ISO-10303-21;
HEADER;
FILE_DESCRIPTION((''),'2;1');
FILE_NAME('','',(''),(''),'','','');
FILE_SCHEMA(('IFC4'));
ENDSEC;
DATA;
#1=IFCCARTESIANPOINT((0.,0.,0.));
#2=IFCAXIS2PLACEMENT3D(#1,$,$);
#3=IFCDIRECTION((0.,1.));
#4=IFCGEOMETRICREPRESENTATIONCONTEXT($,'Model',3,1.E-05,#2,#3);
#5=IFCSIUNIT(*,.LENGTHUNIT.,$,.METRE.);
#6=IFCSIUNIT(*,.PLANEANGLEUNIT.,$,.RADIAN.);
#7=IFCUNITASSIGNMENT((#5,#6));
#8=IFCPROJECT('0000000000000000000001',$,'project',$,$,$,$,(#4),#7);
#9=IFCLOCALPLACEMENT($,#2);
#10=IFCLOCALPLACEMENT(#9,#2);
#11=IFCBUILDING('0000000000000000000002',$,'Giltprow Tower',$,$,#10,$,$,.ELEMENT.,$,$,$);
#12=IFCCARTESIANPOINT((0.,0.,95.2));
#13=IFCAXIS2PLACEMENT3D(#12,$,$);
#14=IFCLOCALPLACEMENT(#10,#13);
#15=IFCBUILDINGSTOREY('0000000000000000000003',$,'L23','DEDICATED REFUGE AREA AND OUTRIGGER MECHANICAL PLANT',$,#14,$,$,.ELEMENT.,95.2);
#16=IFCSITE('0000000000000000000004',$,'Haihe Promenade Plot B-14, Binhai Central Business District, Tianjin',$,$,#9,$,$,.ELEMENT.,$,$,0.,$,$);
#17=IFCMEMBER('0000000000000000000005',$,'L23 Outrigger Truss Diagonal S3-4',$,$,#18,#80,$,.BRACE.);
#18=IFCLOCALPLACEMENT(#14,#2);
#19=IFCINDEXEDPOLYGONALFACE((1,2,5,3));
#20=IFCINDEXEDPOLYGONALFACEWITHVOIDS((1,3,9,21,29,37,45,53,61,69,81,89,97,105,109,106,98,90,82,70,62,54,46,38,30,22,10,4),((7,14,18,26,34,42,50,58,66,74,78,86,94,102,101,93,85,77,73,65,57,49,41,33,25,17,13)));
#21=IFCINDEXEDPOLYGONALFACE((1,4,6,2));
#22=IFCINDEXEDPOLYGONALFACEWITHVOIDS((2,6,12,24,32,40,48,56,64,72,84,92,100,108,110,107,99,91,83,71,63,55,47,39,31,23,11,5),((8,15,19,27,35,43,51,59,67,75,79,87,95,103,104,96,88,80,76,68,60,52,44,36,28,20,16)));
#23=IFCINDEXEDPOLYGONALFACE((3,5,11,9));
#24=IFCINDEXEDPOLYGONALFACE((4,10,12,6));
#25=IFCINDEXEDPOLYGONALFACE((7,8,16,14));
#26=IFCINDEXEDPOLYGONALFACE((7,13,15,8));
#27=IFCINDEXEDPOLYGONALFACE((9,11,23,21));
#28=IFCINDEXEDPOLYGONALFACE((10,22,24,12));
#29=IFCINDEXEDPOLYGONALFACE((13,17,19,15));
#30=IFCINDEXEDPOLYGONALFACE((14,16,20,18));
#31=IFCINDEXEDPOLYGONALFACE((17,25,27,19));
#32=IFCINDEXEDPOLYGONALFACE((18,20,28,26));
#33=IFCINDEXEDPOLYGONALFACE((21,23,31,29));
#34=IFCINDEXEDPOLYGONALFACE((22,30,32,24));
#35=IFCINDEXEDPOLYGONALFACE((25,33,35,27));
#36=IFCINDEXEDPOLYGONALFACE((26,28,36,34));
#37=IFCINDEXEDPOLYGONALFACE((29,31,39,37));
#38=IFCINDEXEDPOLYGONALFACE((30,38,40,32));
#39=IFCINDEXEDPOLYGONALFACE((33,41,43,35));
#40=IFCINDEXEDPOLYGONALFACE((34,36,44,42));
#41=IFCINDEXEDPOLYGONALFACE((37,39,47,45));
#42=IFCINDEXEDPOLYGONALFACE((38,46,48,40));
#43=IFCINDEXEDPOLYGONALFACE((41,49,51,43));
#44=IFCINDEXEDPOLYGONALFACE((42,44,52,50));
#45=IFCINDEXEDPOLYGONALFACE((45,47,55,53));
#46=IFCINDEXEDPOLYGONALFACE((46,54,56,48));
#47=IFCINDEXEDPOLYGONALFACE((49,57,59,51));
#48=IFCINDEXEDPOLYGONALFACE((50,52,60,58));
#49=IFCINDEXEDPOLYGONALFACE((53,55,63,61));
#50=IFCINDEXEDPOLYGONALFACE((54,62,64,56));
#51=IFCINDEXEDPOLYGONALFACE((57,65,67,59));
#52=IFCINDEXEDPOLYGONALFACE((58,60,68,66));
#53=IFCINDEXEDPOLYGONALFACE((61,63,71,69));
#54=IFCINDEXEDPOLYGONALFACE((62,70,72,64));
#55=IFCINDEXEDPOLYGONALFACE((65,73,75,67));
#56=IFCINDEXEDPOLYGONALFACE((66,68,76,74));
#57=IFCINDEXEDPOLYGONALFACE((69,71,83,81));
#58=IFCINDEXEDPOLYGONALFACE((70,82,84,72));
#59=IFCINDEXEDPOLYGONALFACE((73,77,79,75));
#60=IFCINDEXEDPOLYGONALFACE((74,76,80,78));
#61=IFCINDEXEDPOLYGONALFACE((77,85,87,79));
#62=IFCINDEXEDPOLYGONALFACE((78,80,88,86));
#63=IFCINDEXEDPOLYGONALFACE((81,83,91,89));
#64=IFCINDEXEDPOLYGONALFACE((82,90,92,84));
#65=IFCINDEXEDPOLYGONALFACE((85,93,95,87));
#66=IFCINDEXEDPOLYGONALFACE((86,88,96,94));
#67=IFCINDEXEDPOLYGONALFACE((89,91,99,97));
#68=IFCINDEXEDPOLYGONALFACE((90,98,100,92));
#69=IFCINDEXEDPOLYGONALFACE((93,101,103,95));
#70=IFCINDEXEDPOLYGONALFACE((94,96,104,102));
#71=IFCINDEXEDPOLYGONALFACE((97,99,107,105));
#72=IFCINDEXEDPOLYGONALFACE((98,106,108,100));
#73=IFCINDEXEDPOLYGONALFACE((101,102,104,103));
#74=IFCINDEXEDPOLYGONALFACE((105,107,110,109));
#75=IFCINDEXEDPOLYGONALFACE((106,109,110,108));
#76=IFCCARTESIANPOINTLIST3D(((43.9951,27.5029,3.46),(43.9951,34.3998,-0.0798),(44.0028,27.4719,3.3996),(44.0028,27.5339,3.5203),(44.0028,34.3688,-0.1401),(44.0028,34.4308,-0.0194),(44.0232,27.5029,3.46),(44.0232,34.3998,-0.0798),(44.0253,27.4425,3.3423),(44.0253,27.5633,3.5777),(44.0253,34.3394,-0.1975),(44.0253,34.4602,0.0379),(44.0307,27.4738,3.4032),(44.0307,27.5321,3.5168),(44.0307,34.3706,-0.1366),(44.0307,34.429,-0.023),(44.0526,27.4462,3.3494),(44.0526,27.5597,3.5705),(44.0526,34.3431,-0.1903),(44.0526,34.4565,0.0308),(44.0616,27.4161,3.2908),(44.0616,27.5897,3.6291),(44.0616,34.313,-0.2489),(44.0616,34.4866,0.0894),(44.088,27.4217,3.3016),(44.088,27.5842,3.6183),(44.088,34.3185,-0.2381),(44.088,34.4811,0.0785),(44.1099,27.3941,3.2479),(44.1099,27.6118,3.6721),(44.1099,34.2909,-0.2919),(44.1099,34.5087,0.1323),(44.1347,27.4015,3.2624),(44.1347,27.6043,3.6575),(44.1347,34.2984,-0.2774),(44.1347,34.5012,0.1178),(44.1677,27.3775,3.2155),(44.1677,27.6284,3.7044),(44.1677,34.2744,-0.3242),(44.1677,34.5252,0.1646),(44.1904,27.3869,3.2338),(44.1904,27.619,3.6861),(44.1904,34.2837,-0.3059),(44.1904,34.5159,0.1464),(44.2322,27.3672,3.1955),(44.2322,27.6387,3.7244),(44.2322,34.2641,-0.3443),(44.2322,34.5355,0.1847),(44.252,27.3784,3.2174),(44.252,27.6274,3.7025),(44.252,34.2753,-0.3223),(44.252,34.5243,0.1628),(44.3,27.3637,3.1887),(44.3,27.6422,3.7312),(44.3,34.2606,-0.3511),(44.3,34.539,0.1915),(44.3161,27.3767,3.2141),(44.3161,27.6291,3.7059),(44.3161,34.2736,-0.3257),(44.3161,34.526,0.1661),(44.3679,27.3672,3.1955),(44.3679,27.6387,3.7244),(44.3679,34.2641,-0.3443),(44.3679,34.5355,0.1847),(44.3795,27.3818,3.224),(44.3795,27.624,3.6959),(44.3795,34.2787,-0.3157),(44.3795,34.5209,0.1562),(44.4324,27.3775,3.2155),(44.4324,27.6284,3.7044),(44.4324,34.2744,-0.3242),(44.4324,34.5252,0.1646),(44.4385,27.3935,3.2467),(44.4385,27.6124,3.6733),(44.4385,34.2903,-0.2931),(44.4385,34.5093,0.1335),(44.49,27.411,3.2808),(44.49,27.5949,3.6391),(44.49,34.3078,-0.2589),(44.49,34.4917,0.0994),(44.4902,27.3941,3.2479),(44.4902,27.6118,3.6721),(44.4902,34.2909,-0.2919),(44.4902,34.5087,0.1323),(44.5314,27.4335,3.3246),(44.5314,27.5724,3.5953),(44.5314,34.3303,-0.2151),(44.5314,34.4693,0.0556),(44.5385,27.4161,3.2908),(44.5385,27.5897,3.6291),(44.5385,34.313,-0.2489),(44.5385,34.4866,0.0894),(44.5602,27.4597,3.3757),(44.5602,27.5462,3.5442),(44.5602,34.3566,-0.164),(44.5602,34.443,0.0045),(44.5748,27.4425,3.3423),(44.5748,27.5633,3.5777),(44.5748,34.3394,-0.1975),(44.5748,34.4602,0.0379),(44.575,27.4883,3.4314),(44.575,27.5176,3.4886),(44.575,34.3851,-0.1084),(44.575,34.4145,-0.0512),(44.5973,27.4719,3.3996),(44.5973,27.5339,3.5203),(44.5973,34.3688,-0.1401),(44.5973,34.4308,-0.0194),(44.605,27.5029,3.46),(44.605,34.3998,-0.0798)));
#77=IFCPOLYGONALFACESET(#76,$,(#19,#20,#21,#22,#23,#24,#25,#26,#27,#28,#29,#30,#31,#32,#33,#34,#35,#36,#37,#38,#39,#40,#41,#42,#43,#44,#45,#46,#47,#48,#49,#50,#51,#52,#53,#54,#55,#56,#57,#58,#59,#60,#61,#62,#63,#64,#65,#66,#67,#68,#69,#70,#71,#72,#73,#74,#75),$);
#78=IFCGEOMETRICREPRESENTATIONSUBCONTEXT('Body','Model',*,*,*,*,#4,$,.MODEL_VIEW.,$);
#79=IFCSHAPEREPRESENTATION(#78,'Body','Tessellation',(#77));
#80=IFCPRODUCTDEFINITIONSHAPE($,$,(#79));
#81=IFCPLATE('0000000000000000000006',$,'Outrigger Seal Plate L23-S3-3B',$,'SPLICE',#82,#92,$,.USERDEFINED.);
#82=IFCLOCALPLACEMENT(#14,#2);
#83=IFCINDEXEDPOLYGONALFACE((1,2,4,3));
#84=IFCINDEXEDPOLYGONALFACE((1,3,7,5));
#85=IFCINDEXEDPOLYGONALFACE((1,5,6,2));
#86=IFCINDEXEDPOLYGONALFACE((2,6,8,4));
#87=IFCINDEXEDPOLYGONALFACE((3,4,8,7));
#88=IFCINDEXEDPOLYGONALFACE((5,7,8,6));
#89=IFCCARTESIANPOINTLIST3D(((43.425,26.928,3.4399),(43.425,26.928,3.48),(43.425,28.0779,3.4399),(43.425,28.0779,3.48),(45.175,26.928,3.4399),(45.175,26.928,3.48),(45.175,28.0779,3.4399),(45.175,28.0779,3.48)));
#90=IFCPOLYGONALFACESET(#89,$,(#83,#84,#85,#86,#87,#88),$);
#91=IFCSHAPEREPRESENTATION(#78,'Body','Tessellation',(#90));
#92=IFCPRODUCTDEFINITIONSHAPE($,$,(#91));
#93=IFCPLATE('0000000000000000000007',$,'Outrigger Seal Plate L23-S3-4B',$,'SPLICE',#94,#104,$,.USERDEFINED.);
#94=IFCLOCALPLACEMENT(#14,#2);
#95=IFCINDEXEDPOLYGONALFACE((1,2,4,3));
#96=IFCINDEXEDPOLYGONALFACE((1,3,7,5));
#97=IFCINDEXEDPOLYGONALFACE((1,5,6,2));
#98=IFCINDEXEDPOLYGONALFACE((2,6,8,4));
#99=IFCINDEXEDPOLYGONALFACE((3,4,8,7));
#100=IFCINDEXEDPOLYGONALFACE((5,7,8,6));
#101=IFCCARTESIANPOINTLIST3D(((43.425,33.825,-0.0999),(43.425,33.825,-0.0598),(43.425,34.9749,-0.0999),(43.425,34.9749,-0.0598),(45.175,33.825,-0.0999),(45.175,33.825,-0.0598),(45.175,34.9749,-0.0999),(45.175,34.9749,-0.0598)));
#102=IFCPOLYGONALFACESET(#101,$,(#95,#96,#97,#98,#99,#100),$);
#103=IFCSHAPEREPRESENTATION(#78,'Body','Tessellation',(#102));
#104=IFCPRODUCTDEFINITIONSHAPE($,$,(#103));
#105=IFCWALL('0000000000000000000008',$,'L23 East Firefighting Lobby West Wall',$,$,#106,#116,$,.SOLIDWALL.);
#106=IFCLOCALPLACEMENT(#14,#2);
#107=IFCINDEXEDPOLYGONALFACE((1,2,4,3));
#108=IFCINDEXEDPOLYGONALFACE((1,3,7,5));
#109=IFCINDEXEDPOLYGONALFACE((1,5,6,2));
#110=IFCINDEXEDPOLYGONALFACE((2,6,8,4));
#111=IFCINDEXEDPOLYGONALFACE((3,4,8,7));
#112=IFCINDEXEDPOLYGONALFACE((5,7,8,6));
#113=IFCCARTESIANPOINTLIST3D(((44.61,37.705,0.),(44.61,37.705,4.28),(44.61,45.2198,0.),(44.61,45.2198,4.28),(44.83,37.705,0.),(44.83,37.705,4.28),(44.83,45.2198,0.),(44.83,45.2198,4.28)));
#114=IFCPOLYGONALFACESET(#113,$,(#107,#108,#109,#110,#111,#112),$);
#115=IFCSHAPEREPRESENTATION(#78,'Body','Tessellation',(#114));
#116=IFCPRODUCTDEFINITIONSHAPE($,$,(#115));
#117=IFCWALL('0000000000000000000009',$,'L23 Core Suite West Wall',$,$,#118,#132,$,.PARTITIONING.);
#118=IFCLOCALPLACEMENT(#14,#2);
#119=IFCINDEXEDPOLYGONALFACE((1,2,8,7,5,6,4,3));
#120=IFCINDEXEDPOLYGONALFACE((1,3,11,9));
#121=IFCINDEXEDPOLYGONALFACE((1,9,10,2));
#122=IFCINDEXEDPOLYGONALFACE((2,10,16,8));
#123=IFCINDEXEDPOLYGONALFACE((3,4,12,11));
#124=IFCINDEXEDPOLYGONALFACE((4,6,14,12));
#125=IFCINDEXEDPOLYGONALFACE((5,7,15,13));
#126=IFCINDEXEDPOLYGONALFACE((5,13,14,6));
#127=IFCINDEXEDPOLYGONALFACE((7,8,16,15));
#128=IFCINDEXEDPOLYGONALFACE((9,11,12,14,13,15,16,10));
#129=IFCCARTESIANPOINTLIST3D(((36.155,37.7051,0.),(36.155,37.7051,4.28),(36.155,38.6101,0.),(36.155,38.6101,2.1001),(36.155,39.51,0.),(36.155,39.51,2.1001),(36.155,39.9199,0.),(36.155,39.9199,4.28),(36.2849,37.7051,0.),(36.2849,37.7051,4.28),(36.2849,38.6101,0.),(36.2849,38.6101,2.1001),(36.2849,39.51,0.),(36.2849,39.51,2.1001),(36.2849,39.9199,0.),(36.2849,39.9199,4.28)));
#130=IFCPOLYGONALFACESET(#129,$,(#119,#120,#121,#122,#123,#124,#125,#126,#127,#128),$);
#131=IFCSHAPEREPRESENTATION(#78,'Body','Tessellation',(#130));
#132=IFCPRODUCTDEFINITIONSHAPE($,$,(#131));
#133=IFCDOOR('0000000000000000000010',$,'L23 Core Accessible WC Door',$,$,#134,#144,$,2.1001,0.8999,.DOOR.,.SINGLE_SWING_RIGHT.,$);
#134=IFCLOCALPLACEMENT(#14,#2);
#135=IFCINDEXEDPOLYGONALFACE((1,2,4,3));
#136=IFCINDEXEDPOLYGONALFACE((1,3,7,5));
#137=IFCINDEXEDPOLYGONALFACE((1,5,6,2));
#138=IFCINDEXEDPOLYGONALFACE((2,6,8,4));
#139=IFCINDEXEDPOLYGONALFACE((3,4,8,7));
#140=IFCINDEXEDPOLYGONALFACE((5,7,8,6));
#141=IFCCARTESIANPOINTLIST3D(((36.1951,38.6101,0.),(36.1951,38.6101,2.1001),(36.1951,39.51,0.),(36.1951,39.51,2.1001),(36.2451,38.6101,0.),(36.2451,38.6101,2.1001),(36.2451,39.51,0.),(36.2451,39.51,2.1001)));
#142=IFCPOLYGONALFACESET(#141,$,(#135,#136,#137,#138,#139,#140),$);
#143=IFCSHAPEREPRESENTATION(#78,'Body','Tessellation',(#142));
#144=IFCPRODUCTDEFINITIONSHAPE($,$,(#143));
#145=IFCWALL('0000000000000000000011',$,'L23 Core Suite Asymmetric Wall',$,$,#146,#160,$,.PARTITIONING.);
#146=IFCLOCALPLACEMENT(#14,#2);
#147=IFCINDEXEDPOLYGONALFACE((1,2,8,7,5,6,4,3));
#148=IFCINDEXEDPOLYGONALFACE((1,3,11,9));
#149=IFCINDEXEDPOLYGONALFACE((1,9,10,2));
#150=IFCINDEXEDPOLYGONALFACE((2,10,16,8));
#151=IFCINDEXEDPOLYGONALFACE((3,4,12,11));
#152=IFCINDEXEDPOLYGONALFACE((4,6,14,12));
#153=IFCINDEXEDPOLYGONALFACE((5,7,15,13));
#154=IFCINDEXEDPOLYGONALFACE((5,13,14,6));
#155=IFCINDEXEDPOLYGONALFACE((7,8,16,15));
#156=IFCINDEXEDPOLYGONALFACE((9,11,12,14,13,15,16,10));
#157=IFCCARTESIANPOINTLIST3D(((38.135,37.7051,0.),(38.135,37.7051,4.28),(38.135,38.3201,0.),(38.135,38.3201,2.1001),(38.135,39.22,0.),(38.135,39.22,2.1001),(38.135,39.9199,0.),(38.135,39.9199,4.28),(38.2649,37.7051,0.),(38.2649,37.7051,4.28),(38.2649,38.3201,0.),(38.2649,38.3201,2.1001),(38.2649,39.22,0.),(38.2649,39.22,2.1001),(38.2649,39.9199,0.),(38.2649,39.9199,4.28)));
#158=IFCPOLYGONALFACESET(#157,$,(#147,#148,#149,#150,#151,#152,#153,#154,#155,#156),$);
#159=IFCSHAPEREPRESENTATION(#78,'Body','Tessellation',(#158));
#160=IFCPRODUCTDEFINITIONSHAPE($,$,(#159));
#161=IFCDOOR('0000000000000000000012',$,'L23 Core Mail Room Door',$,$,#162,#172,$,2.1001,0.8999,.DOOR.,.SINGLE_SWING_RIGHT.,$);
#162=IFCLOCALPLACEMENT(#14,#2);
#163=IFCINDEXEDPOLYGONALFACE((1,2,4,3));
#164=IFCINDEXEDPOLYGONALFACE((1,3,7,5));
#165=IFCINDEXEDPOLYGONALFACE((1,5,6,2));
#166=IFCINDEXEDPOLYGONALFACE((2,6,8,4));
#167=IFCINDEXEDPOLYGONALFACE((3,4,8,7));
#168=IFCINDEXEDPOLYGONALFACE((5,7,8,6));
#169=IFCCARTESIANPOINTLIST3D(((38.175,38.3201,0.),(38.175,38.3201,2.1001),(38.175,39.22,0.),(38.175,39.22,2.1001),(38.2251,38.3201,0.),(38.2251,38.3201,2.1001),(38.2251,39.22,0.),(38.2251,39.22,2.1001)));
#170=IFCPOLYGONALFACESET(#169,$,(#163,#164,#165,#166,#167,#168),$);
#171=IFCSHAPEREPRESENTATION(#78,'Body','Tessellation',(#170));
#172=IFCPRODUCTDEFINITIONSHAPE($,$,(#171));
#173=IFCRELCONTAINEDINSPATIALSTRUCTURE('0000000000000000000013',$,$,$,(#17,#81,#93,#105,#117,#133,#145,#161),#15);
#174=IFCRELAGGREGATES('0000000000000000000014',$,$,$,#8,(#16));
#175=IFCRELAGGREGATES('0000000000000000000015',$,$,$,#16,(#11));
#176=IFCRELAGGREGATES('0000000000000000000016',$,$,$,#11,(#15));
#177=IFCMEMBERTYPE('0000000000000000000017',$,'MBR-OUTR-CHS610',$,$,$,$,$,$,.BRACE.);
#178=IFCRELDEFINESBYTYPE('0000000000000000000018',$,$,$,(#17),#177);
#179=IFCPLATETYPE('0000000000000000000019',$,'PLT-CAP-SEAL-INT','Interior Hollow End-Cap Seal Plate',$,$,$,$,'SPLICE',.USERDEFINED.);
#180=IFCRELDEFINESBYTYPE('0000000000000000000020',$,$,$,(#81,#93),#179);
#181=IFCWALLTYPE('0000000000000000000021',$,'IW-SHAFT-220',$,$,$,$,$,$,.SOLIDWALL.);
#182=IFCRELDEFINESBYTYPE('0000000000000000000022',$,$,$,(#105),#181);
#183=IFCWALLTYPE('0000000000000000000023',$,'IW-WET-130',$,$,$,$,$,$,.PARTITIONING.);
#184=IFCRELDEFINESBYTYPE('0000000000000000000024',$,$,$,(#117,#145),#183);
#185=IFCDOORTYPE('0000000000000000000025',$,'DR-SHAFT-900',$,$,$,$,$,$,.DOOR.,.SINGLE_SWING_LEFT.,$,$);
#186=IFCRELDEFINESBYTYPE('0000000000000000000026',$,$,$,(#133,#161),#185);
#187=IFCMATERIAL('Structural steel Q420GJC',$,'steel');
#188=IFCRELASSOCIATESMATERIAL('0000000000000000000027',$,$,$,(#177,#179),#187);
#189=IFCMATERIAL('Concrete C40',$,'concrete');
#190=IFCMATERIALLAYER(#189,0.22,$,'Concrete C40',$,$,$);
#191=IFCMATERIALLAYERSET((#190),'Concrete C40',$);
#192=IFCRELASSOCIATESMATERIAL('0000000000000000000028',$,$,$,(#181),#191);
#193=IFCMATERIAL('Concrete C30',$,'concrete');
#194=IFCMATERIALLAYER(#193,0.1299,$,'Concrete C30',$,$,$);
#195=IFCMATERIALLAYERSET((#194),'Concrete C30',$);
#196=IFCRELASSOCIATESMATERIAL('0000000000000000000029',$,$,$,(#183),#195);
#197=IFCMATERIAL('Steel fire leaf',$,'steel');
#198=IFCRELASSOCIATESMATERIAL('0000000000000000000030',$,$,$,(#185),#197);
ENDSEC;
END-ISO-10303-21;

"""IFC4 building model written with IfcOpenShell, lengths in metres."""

from ifc_helpers import new_model, si_unit, direction, frame, frame_2d, origin, origin_2d, place, context, subcontext, project, spatial, rectangle, hollow_circle, extrude, source, transform, mapped, material, layer, layer_set, material_profile, profile_set, type_object, element, fill, save


model = new_model("IFC4")

# Units and contexts
model_context = context("Model", 3, precision=1e-05, world=origin(), true_north=direction((0.0, 1.0)))
body_context = subcontext(model_context, "Body", "Model", "MODEL_VIEW")
ifc_project = project(units=[si_unit("LENGTHUNIT", "METRE"), si_unit("PLANEANGLEUNIT", "RADIAN")], contexts=[model_context])

# Site, building, storey
site_placement = place(None, origin())
site = spatial("IfcSite", under=ifc_project, at=site_placement, Name="Haihe Promenade Plot B-14, Binhai Central Business District, Tianjin", CompositionType="ELEMENT", RefElevation=0.0)
building_placement = place(site_placement, origin())
building = spatial("IfcBuilding", under=site, at=building_placement, Name="Giltprow Tower", CompositionType="ELEMENT")
storey_placement = place(building_placement, frame((0.0, 0.0, 95.2)))
storey = spatial("IfcBuildingStorey", under=building, at=storey_placement, Name="L23", Description="DEDICATED REFUGE AREA AND OUTRIGGER MECHANICAL PLANT", CompositionType="ELEMENT", Elevation=95.2)

# Member
ifc_material_1 = material(Name="Structural steel Q420GJC", Category="steel")
ifc_material_profile_1 = material_profile(ifc_material_1, hollow_circle(Radius=0.3049, WallThickness=0.0281, at=origin_2d()), Name="CHS 610x28")
ifc_profile_set_1 = profile_set([ifc_material_profile_1], Name="Structural steel Q420GJC")
member_type = type_object("IfcMemberType", Name="MBR-OUTR-CHS610", PredefinedType="BRACE", material=ifc_profile_set_1)
shared_shape_1 = source(origin(), body_context, "Body", "SweptSolid", [
    extrude(hollow_circle(Radius=0.3049, WallThickness=0.0281, at=origin_2d()), origin(), (0.0, 0.0, 1.0), 7.7522),
])
member_placement = place(storey_placement, frame((44.3, 27.5029, 3.46), z_axis=(0.0, 0.889666, -0.456611), x_axis=(-1.0, 0.0, 0.0)))
element("IfcMember", 1, at=member_placement, inside=storey, type_object=member_type, Name="L23 Outrigger Truss Diagonal S3-4", PredefinedType="BRACE", context=body_context, shape_type="MappedRepresentation", body=[
    mapped(shared_shape_1, transform((0.0, 0.0, 0.0), x_axis=(1.0, 0.0, 0.0), y_axis=(0.0, 1.0, 0.0), z_axis=(0.0, 0.0, 1.0), scale=1.0)),
])

# Plates
plate_type = type_object("IfcPlateType", Name="PLT-CAP-SEAL-INT", Description="Interior Hollow End-Cap Seal Plate", ElementType="SPLICE", PredefinedType="USERDEFINED", material=ifc_material_1)
shared_shape_2 = source(origin(), body_context, "Body", "SweptSolid", [
    extrude(rectangle(XDim=1.75, YDim=1.1499, at=origin_2d()), origin(), (0.0, 0.0, 1.0), 0.04),
])
for number, where, z_axis, x_axis, name in (
    (2, (44.3, 27.5029, 3.4399), (0.0, 0.0, 1.0), (1.0, 0.0, 0.0), "Outrigger Seal Plate L23-S3-3B"),
    (3, (44.3, 34.3999, -0.0999), (0.0, 0.0, 1.0), (1.0, 0.0, 0.0), "Outrigger Seal Plate L23-S3-4B"),
):
    element("IfcPlate", number, at=place(storey_placement, frame(where, z_axis=z_axis, x_axis=x_axis)), inside=storey, type_object=plate_type, Name=name, ObjectType="SPLICE", PredefinedType="USERDEFINED", context=body_context, shape_type="MappedRepresentation", body=[
        mapped(shared_shape_2, transform((0.0, 0.0, 0.0), x_axis=(1.0, 0.0, 0.0), y_axis=(0.0, 1.0, 0.0), z_axis=(0.0, 0.0, 1.0), scale=1.0)),
    ])

# Wall
ifc_material_2 = material(Name="Concrete C40", Category="concrete")
ifc_layer_1 = layer(ifc_material_2, 0.22, Name="Concrete C40")
ifc_layer_set_1 = layer_set([ifc_layer_1], Name="Concrete C40")
wall_type_1 = type_object("IfcWallType", Name="IW-SHAFT-220", PredefinedType="SOLIDWALL", material=ifc_layer_set_1)
wall_1_placement = place(storey_placement, frame((44.72, 37.7051, 0.0), z_axis=(0.0, 0.0, 1.0), x_axis=(0.0, 1.0, 0.0)))
element("IfcWall", 4, at=wall_1_placement, inside=storey, type_object=wall_type_1, Name="L23 East Firefighting Lobby West Wall", PredefinedType="SOLIDWALL", context=body_context, shape_type="SweptSolid", body=[
    extrude(rectangle(XDim=7.5149, YDim=0.22, at=frame_2d((3.7573, 0.0))), origin(), (0.0, 0.0, 1.0), 4.28),
])

# Walls, openings, doors
ifc_material_3 = material(Name="Concrete C30", Category="concrete")
ifc_layer_2 = layer(ifc_material_3, 0.1299, Name="Concrete C30")
ifc_layer_set_2 = layer_set([ifc_layer_2], Name="Concrete C30")
wall_type_2 = type_object("IfcWallType", Name="IW-WET-130", PredefinedType="PARTITIONING", material=ifc_layer_set_2)
wall_2_placement = place(storey_placement, frame((36.22, 37.7051, 0.0), z_axis=(0.0, 0.0, 1.0), x_axis=(0.0, 1.0, 0.0)))
wall_2 = element("IfcWall", 5, at=wall_2_placement, inside=storey, type_object=wall_type_2, Name="L23 Core Suite West Wall", PredefinedType="PARTITIONING", context=body_context, shape_type="SweptSolid", body=[
    extrude(rectangle(XDim=2.2148, YDim=0.1299, at=frame_2d((1.1074, 0.0))), origin(), (0.0, 0.0, 1.0), 4.28),
])
opening_1_placement = place(wall_2_placement, frame((0.905, 0.0, 0.0)))
opening_1 = element("IfcOpeningElement", 6, at=opening_1_placement, cuts=wall_2, PredefinedType="OPENING", context=body_context, shape_type="SweptSolid", body=[
    extrude(rectangle(XDim=0.8999, YDim=2.1001, at=frame_2d((0.45, 1.05))), frame((0.0, 0.075, 0.0), z_axis=(0.0, -1.0, 0.0), x_axis=(1.0, 0.0, 0.0)), (0.0, 0.0, 1.0), 0.1499),
])
ifc_material_4 = material(Name="Steel fire leaf", Category="steel")
door_type_1 = type_object("IfcDoorType", Name="DR-SHAFT-900", OperationType="SINGLE_SWING_LEFT", PredefinedType="DOOR", material=ifc_material_4)
shared_shape_3 = source(origin(), body_context, "Body", "SweptSolid", [
    extrude(rectangle(XDim=0.8999, YDim=2.1001, at=frame_2d((0.45, 1.05))), frame((0.0, 0.0249, 0.0), z_axis=(0.0, -1.0, 0.0), x_axis=(1.0, 0.0, 0.0)), (0.0, 0.0, 1.0), 0.05),
])
door_1_placement = place(opening_1_placement, origin())
door_1 = element("IfcDoor", 7, at=door_1_placement, inside=storey, type_object=door_type_1, Name="L23 Core Accessible WC Door", OperationType="SINGLE_SWING_RIGHT", OverallHeight=2.1001, OverallWidth=0.8999, PredefinedType="DOOR", context=body_context, shape_type="MappedRepresentation", body=[
    mapped(shared_shape_3, transform((0.0, 0.0, 0.0), x_axis=(1.0, 0.0, 0.0), y_axis=(0.0, 1.0, 0.0), z_axis=(0.0, 0.0, 1.0), scale=1.0)),
])
fill(opening_1, door_1)
wall_3_placement = place(storey_placement, frame((38.2, 37.7051, 0.0), z_axis=(0.0, 0.0, 1.0), x_axis=(0.0, 1.0, 0.0)))
wall_3 = element("IfcWall", 8, at=wall_3_placement, inside=storey, type_object=wall_type_2, Name="L23 Core Suite Asymmetric Wall", PredefinedType="PARTITIONING", context=body_context, shape_type="SweptSolid", body=[
    extrude(rectangle(XDim=2.2148, YDim=0.1299, at=frame_2d((1.1074, 0.0))), origin(), (0.0, 0.0, 1.0), 4.28),
])
opening_2_placement = place(wall_3_placement, frame((0.615, 0.0, 0.0)))
opening_2 = element("IfcOpeningElement", 9, at=opening_2_placement, cuts=wall_3, PredefinedType="OPENING", context=body_context, shape_type="SweptSolid", body=[
    extrude(rectangle(XDim=0.8999, YDim=2.1001, at=frame_2d((0.45, 1.05))), frame((0.0, 0.075, 0.0), z_axis=(0.0, -1.0, 0.0), x_axis=(1.0, 0.0, 0.0)), (0.0, 0.0, 1.0), 0.1499),
])
door_2_placement = place(opening_2_placement, origin())
door_2 = element("IfcDoor", 10, at=door_2_placement, inside=storey, type_object=door_type_1, Name="L23 Core Mail Room Door", OperationType="SINGLE_SWING_RIGHT", OverallHeight=2.1001, OverallWidth=0.8999, PredefinedType="DOOR", context=body_context, shape_type="MappedRepresentation", body=[
    mapped(shared_shape_3, transform((0.0, 0.0, 0.0), x_axis=(1.0, 0.0, 0.0), y_axis=(0.0, 1.0, 0.0), z_axis=(0.0, 0.0, 1.0), scale=1.0)),
])
fill(opening_2, door_2)

save(model, "model.ifc")
